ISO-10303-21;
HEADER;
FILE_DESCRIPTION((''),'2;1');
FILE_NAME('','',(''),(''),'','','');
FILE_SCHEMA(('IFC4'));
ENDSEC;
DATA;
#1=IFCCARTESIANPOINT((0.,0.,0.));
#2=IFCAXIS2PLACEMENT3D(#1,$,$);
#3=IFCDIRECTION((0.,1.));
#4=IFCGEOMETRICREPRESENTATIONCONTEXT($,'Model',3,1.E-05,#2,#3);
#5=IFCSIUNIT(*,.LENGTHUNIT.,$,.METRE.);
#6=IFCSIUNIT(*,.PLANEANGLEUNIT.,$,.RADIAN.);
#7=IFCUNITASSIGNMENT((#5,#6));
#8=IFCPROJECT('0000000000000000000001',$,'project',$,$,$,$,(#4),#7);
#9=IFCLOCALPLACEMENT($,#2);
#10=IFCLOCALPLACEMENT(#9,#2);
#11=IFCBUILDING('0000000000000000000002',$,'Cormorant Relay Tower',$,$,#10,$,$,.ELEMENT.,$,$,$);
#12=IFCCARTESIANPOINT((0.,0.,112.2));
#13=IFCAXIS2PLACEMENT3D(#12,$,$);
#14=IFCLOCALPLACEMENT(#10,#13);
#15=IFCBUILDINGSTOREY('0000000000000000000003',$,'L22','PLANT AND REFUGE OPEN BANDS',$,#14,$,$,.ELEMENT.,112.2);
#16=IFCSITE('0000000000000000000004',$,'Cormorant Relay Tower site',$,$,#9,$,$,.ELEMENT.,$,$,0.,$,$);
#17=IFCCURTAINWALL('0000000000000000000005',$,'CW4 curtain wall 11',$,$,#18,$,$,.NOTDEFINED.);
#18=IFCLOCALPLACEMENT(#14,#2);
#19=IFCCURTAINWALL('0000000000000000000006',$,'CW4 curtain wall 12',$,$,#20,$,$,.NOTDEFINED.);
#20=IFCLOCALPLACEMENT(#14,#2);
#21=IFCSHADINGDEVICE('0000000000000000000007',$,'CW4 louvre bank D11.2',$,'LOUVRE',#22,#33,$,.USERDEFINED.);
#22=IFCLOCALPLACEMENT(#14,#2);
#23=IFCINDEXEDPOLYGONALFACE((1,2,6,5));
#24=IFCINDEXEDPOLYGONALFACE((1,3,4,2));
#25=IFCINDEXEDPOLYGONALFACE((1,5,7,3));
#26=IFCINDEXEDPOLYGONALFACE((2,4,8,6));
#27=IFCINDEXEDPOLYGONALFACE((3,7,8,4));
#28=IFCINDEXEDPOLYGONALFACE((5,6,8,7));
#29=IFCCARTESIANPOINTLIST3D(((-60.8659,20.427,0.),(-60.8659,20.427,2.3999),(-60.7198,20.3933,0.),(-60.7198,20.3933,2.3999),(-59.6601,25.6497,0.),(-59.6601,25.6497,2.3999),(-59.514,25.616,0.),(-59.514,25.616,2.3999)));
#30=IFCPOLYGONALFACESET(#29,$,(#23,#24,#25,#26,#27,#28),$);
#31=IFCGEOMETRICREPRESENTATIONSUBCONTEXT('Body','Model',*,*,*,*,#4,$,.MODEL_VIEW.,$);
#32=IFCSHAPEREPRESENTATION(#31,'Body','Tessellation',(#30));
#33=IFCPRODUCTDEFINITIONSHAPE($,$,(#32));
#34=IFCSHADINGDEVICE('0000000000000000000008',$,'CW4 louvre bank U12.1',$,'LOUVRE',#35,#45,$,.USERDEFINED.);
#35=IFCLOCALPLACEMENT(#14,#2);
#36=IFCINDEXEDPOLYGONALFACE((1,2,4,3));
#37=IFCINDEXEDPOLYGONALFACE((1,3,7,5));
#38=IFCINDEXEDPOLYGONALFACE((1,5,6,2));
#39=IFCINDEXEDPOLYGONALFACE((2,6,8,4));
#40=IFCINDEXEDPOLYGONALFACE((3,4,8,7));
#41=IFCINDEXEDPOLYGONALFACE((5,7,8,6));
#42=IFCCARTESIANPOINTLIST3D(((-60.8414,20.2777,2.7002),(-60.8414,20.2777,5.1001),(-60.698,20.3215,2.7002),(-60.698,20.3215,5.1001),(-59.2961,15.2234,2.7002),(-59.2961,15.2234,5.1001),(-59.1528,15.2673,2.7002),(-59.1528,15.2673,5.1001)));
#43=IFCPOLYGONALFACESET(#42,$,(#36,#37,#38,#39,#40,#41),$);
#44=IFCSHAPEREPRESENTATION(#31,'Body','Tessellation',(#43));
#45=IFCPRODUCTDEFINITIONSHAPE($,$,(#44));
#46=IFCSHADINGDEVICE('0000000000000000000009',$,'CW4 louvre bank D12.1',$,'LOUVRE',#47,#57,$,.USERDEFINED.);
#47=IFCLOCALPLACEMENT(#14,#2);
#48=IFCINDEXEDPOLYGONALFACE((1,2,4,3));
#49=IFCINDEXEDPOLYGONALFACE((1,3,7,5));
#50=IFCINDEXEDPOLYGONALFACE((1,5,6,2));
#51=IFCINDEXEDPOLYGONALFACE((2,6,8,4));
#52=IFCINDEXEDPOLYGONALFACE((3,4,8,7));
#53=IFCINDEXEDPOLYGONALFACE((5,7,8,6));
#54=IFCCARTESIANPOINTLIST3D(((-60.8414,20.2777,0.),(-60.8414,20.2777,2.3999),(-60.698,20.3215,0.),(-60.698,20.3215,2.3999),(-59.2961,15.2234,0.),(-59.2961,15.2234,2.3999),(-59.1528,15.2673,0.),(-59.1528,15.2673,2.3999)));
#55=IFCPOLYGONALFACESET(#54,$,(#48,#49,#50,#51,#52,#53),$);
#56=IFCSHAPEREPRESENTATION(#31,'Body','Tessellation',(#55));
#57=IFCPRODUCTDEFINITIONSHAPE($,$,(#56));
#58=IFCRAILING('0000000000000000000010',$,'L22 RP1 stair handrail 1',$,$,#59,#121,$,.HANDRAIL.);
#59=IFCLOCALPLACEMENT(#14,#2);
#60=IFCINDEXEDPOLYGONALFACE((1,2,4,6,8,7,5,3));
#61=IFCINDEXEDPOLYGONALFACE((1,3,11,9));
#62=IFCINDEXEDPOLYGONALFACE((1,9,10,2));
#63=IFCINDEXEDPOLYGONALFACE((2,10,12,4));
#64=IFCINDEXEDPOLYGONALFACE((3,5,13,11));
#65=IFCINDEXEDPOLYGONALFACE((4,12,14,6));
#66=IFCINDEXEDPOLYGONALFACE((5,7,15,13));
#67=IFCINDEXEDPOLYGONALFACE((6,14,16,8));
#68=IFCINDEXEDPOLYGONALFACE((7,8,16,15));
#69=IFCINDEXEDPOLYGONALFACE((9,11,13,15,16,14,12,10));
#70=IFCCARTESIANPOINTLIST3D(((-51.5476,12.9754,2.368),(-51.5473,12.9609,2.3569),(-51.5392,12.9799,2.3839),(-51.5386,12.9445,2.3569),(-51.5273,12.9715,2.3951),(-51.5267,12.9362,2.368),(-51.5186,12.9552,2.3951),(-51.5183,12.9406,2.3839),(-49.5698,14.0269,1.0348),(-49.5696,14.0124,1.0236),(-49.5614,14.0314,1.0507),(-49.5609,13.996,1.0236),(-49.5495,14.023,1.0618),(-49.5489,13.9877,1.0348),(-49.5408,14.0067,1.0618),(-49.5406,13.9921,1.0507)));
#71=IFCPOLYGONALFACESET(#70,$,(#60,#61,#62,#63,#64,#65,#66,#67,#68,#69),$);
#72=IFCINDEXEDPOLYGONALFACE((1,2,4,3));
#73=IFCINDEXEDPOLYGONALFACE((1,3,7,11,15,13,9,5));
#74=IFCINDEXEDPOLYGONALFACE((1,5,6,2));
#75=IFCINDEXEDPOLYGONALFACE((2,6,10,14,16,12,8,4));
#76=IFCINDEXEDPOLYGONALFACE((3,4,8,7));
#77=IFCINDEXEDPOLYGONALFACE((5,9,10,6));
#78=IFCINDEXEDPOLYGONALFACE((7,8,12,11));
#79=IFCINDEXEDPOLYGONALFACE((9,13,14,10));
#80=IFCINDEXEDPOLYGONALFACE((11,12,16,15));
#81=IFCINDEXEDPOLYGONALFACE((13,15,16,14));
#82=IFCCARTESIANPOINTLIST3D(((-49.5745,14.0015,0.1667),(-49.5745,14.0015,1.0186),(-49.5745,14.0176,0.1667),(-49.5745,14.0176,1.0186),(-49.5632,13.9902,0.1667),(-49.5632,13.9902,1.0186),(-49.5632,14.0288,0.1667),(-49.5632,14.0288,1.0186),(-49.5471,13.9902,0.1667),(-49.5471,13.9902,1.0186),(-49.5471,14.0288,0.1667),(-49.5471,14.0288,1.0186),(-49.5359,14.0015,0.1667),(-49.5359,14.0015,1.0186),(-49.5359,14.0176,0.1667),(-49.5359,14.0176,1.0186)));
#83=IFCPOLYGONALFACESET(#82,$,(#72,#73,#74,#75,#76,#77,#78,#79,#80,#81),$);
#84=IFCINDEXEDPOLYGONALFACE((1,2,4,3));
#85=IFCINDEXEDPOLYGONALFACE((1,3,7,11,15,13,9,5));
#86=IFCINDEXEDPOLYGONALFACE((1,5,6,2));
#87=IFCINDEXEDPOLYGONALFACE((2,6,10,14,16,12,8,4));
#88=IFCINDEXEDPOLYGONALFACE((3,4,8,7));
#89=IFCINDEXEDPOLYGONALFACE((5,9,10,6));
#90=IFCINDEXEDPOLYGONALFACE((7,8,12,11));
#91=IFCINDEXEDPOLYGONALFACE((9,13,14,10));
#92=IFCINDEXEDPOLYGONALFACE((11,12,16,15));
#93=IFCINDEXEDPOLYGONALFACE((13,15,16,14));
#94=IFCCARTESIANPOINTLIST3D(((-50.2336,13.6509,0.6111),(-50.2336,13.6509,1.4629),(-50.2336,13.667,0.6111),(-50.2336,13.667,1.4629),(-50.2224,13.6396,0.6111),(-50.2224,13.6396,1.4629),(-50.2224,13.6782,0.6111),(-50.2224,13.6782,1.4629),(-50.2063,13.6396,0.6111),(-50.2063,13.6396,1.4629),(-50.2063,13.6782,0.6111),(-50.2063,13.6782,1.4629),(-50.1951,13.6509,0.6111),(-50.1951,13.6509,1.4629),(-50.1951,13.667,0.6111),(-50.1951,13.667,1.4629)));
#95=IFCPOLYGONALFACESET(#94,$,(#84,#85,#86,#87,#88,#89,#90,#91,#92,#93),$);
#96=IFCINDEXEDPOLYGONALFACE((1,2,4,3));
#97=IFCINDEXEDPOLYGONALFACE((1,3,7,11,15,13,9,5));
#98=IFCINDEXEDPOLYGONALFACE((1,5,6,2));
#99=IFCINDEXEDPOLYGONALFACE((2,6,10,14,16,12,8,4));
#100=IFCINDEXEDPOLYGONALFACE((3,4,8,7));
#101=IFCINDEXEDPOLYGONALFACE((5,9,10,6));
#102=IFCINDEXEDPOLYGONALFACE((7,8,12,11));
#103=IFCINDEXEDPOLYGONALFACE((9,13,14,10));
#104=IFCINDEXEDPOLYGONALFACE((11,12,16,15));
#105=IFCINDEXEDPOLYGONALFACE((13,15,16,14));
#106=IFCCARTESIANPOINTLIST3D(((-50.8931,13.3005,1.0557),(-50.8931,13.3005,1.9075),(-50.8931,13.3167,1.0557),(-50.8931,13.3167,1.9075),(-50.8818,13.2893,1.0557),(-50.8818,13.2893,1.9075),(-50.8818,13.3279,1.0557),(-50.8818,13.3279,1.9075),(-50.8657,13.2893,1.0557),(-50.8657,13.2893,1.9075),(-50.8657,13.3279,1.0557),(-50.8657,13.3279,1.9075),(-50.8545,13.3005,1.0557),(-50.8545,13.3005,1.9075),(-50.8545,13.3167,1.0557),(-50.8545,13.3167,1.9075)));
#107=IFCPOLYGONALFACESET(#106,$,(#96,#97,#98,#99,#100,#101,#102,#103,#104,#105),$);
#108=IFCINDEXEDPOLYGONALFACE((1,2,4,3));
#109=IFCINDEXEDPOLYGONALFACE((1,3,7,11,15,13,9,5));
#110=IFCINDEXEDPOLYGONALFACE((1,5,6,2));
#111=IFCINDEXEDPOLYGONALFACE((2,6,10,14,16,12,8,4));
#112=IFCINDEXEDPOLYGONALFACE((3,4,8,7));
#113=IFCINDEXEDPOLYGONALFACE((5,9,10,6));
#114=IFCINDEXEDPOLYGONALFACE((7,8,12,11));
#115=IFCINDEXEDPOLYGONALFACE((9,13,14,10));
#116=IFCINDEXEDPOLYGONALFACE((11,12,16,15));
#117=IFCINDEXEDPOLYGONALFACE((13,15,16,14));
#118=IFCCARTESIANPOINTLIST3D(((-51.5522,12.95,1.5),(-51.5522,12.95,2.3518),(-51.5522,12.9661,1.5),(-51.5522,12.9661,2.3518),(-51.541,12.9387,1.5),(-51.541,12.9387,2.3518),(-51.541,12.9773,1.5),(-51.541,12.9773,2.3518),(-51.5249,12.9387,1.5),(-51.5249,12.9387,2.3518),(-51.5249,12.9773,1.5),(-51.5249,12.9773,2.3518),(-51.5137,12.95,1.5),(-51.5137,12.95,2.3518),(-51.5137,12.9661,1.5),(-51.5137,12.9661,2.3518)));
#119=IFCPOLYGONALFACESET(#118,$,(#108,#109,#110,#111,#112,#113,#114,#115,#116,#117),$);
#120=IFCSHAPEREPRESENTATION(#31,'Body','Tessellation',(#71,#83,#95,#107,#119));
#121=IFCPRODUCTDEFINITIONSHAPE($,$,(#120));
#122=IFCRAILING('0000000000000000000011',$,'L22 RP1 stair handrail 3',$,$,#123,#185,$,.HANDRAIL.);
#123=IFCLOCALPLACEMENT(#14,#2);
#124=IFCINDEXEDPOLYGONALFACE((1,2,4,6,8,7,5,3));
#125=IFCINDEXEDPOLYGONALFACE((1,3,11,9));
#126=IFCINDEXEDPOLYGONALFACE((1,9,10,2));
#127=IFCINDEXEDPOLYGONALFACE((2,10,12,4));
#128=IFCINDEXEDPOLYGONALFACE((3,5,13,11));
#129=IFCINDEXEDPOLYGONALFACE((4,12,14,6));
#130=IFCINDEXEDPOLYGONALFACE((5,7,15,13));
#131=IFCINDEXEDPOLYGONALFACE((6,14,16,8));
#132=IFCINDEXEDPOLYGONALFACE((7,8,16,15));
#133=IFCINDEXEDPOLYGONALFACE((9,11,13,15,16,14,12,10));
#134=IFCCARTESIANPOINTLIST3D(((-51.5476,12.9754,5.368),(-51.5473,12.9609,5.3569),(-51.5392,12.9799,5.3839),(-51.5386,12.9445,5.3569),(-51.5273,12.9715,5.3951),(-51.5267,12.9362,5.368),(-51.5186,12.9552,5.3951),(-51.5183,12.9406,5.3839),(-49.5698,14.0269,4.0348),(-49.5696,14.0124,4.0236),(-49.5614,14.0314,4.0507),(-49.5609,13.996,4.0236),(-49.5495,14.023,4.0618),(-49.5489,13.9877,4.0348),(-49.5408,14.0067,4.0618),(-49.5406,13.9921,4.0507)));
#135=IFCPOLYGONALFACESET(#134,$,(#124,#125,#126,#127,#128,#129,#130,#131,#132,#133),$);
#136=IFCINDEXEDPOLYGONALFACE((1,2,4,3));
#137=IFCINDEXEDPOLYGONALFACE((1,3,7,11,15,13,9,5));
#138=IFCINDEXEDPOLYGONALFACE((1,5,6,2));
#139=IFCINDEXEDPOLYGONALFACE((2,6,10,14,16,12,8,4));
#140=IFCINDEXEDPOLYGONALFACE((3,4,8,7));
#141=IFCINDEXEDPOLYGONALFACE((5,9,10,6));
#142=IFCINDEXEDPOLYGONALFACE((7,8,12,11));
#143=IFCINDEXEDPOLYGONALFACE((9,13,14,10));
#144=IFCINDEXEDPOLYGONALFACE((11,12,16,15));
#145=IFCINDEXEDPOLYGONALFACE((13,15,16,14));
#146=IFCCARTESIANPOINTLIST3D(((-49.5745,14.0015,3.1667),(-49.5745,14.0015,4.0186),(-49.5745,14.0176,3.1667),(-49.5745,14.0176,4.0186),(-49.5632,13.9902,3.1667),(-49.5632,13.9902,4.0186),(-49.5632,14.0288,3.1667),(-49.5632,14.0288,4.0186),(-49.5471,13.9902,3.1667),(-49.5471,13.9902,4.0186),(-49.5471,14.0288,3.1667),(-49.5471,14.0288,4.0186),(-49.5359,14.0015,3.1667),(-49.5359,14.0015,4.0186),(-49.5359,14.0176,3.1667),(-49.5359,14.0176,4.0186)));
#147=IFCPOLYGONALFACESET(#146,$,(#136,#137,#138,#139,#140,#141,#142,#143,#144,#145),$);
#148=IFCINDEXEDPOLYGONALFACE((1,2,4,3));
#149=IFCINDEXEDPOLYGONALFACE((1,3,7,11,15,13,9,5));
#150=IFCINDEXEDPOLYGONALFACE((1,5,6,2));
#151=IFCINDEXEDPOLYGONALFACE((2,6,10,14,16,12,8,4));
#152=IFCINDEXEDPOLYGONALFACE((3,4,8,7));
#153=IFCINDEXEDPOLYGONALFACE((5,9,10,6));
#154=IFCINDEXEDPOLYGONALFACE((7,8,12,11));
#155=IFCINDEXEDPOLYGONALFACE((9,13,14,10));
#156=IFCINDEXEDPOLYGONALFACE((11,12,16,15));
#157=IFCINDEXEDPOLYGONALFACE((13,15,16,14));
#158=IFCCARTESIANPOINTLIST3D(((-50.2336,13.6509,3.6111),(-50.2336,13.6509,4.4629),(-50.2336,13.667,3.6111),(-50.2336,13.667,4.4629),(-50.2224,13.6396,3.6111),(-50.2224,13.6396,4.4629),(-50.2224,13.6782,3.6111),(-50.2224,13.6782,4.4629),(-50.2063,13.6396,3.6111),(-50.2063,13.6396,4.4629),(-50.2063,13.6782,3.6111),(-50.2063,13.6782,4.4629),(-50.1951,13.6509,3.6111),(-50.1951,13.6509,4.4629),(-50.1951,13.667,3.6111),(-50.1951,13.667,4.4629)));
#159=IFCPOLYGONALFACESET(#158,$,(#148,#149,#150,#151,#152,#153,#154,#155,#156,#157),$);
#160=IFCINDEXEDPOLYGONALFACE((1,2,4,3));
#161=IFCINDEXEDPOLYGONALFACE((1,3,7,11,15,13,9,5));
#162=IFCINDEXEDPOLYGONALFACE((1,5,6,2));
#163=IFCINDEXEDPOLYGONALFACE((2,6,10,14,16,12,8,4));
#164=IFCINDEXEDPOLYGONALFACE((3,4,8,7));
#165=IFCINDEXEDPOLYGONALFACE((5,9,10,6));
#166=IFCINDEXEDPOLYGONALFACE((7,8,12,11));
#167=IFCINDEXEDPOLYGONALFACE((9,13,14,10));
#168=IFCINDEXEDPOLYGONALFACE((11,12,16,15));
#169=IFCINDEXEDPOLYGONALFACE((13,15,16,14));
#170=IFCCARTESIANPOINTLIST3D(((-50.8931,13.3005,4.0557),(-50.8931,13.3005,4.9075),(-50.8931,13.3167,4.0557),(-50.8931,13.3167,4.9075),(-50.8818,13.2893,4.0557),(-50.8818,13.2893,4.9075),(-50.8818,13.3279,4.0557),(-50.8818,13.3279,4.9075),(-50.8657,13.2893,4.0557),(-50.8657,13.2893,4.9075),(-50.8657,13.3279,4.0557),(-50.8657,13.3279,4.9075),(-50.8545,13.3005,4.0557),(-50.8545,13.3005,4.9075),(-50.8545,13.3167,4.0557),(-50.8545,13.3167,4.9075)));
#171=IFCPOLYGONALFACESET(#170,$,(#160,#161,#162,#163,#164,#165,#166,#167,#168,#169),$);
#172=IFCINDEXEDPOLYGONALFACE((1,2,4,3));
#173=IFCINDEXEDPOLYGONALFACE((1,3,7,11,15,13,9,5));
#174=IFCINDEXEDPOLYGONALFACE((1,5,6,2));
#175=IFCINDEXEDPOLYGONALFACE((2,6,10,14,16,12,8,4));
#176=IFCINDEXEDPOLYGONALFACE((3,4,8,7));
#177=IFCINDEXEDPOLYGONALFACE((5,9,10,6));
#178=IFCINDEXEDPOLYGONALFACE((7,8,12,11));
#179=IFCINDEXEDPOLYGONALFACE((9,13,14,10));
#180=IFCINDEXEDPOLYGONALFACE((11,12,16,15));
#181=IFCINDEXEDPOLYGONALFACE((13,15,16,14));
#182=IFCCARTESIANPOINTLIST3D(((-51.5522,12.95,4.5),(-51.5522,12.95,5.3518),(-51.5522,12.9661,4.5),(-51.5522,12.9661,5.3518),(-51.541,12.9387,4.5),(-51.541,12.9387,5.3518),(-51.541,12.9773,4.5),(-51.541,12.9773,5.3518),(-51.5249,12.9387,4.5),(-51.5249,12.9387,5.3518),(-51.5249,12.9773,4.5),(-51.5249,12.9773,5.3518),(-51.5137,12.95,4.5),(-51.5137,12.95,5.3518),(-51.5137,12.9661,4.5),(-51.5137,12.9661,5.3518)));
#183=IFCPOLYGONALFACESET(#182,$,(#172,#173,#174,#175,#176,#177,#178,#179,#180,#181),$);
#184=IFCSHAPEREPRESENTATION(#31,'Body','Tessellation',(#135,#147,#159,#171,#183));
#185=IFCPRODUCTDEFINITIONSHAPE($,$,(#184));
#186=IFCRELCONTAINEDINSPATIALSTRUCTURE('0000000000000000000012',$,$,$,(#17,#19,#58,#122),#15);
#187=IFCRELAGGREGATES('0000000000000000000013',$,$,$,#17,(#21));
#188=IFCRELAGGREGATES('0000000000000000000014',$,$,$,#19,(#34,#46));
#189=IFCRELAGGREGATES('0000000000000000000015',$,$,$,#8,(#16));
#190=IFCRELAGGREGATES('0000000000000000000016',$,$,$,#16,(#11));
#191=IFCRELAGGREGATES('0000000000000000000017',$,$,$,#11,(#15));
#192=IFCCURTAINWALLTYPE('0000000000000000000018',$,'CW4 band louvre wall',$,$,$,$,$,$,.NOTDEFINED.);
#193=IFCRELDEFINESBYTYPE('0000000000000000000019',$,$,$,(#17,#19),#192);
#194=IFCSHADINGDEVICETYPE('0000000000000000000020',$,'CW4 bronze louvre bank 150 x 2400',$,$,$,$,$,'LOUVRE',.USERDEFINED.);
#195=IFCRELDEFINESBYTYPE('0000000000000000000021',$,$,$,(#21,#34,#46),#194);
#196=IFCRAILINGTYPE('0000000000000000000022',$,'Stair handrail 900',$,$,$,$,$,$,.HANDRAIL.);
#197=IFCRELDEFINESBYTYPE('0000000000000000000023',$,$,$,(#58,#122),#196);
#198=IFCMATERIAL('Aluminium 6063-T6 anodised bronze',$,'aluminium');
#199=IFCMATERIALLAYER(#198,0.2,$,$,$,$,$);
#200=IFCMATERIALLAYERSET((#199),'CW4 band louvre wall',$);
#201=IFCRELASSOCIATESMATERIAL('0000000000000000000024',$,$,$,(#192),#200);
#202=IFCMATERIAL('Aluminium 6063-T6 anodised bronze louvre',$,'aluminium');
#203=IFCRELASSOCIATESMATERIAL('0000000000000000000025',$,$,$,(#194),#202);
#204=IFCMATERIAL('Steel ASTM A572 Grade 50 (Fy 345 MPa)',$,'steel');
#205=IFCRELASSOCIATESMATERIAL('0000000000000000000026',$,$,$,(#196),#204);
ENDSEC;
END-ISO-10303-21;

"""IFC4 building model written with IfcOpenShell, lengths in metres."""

from ifc_helpers import new_model, si_unit, direction, frame, origin, origin_2d, place, context, subcontext, project, spatial, polyline, rectangle, outline, extrude, material, layer, layer_set, type_object, element, aggregate, save


model = new_model("IFC4")

# Units and contexts
model_context = context("Model", 3, precision=1e-05, world=origin(), true_north=direction((0.0, 1.0)))
body_context = subcontext(model_context, "Body", "Model", "MODEL_VIEW")
ifc_project = project(units=[si_unit("LENGTHUNIT", "METRE"), si_unit("PLANEANGLEUNIT", "RADIAN")], contexts=[model_context])

# Site, building, storey
site_placement = place(None, origin())
site = spatial("IfcSite", under=ifc_project, at=site_placement, Name="Cormorant Relay Tower site", CompositionType="ELEMENT", RefElevation=0.0)
building_placement = place(site_placement, origin())
building = spatial("IfcBuilding", under=site, at=building_placement, Name="Cormorant Relay Tower", CompositionType="ELEMENT")
storey_placement = place(building_placement, frame((0.0, 0.0, 112.2)))
storey = spatial("IfcBuildingStorey", under=building, at=storey_placement, Name="L22", Description="PLANT AND REFUGE OPEN BANDS", CompositionType="ELEMENT", Elevation=112.2)

# Curtain wall
ifc_material_1 = material(Name="Aluminium 6063-T6 anodised bronze", Category="aluminium")
ifc_layer_1 = layer(ifc_material_1, 0.2)
ifc_layer_set_1 = layer_set([ifc_layer_1], Name="CW4 band louvre wall")
curtain_wall_type = type_object("IfcCurtainWallType", Name="CW4 band louvre wall", PredefinedType="NOTDEFINED", material=ifc_layer_set_1)
curtain_wall_1_placement = place(storey_placement, origin())
curtain_wall_1 = element("IfcCurtainWall", 1, at=curtain_wall_1_placement, inside=storey, type_object=curtain_wall_type, Name="CW4 curtain wall 11", PredefinedType="NOTDEFINED")

# Curtain wall
curtain_wall_2_placement = place(storey_placement, origin())
curtain_wall_2 = element("IfcCurtainWall", 2, at=curtain_wall_2_placement, inside=storey, type_object=curtain_wall_type, Name="CW4 curtain wall 12", PredefinedType="NOTDEFINED")

# Shading devices
ifc_material_2 = material(Name="Aluminium 6063-T6 anodised bronze louvre", Category="aluminium")
shading_device_type = type_object("IfcShadingDeviceType", Name="CW4 bronze louvre bank 150 x 2400", ElementType="LOUVRE", PredefinedType="USERDEFINED", material=ifc_material_2)
shading_device_1_placement = place(storey_placement, frame((-60.1899, 23.0215, 0.0), z_axis=(0.0, 0.0, 1.0), x_axis=(-0.224951, -0.97437, 0.0)))
shading_device_1 = element("IfcShadingDevice", 3, at=shading_device_1_placement, type_object=shading_device_type, Name="CW4 louvre bank D11.2", ObjectType="LOUVRE", PredefinedType="USERDEFINED", context=body_context, shape_type="SweptSolid", body=[
    extrude(rectangle(XDim=5.3601, YDim=0.1499, at=origin_2d()), origin(), (0.0, 0.0, 1.0), 2.3999),
])
aggregate(curtain_wall_1, [shading_device_1])
shading_device_2_placement = place(storey_placement, frame((-59.9971, 17.7725, 2.7002), z_axis=(0.0, 0.0, 1.0), x_axis=(0.292372, -0.956305, 0.0)))
shading_device_2 = element("IfcShadingDevice", 4, at=shading_device_2_placement, type_object=shading_device_type, Name="CW4 louvre bank U12.1", ObjectType="LOUVRE", PredefinedType="USERDEFINED", context=body_context, shape_type="SweptSolid", body=[
    extrude(rectangle(XDim=5.2852, YDim=0.1499, at=origin_2d()), origin(), (0.0, 0.0, 1.0), 2.3999),
])
shading_device_3_placement = place(storey_placement, frame((-59.9971, 17.7725, 0.0), z_axis=(0.0, 0.0, 1.0), x_axis=(0.292372, -0.956305, 0.0)))
shading_device_3 = element("IfcShadingDevice", 5, at=shading_device_3_placement, type_object=shading_device_type, Name="CW4 louvre bank D12.1", ObjectType="LOUVRE", PredefinedType="USERDEFINED", context=body_context, shape_type="SweptSolid", body=[
    extrude(rectangle(XDim=5.2852, YDim=0.1499, at=origin_2d()), origin(), (0.0, 0.0, 1.0), 2.3999),
])
aggregate(curtain_wall_2, [shading_device_2, shading_device_3])

# Railings
ifc_material_3 = material(Name="Steel ASTM A572 Grade 50 (Fy 345 MPa)", Category="steel")
railing_type_1 = type_object("IfcRailingType", Name="Stair handrail 900", PredefinedType="HANDRAIL", material=ifc_material_3)
railing_1_placement = place(storey_placement, frame((-49.5552, 14.0095, 0.1667)))
element("IfcRailing", 6, at=railing_1_placement, inside=storey, type_object=railing_type_1, Name="L22 RP1 stair handrail 1", PredefinedType="HANDRAIL", context=body_context, shape_type="SweptSolid", body=[
    extrude(outline(polyline([(0.0222, 0.0093), (0.0093, 0.0222), (-0.0093, 0.0222), (-0.0222, 0.0093), (-0.0222, -0.0093), (-0.0093, -0.0222), (0.0093, -0.0222), (0.0222, -0.0093), (0.0222, 0.0093)])), frame((0.0, 0.0, 0.876), z_axis=(-0.758732, -0.403389, 0.511472), x_axis=(0.469439, -0.882965, 0.0)), (0.0, 0.0, 1.0), 2.6067),
    extrude(outline(polyline([(0.0193, 0.0081), (0.0081, 0.0193), (-0.0081, 0.0193), (-0.0193, 0.0081), (-0.0193, -0.0081), (-0.0081, -0.0193), (0.0081, -0.0193), (0.0193, -0.0081), (0.0193, 0.0081)])), origin(), (0.0, 0.0, 1.0), 0.8518),
    extrude(outline(polyline([(0.0193, 0.0081), (0.0081, 0.0193), (-0.0081, 0.0193), (-0.0193, 0.0081), (-0.0193, -0.0081), (-0.0081, -0.0193), (0.0081, -0.0193), (0.0193, -0.0081), (0.0193, 0.0081)])), frame((-0.6592, -0.3506, 0.4443)), (0.0, 0.0, 1.0), 0.8518),
    extrude(outline(polyline([(0.0193, 0.0081), (0.0081, 0.0193), (-0.0081, 0.0193), (-0.0193, 0.0081), (-0.0193, -0.0081), (-0.0081, -0.0193), (0.0081, -0.0193), (0.0193, -0.0081), (0.0193, 0.0081)])), frame((-1.3186, -0.7009, 0.8889)), (0.0, 0.0, 1.0), 0.8518),
    extrude(outline(polyline([(0.0193, 0.0081), (0.0081, 0.0193), (-0.0081, 0.0193), (-0.0193, 0.0081), (-0.0193, -0.0081), (-0.0081, -0.0193), (0.0081, -0.0193), (0.0193, -0.0081), (0.0193, 0.0081)])), frame((-1.9778, -1.0515, 1.3333)), (0.0, 0.0, 1.0), 0.8518),
])
railing_2_placement = place(storey_placement, frame((-49.5552, 14.0095, 3.1667)))
element("IfcRailing", 7, at=railing_2_placement, inside=storey, type_object=railing_type_1, Name="L22 RP1 stair handrail 3", PredefinedType="HANDRAIL", context=body_context, shape_type="SweptSolid", body=[
    extrude(outline(polyline([(0.0222, 0.0093), (0.0093, 0.0222), (-0.0093, 0.0222), (-0.0222, 0.0093), (-0.0222, -0.0093), (-0.0093, -0.0222), (0.0093, -0.0222), (0.0222, -0.0093), (0.0222, 0.0093)])), frame((0.0, 0.0, 0.876), z_axis=(-0.758732, -0.403389, 0.511472), x_axis=(0.469439, -0.882965, 0.0)), (0.0, 0.0, 1.0), 2.6067),
    extrude(outline(polyline([(0.0193, 0.0081), (0.0081, 0.0193), (-0.0081, 0.0193), (-0.0193, 0.0081), (-0.0193, -0.0081), (-0.0081, -0.0193), (0.0081, -0.0193), (0.0193, -0.0081), (0.0193, 0.0081)])), origin(), (0.0, 0.0, 1.0), 0.8518),
    extrude(outline(polyline([(0.0193, 0.0081), (0.0081, 0.0193), (-0.0081, 0.0193), (-0.0193, 0.0081), (-0.0193, -0.0081), (-0.0081, -0.0193), (0.0081, -0.0193), (0.0193, -0.0081), (0.0193, 0.0081)])), frame((-0.6592, -0.3506, 0.4443)), (0.0, 0.0, 1.0), 0.8518),
    extrude(outline(polyline([(0.0193, 0.0081), (0.0081, 0.0193), (-0.0081, 0.0193), (-0.0193, 0.0081), (-0.0193, -0.0081), (-0.0081, -0.0193), (0.0081, -0.0193), (0.0193, -0.0081), (0.0193, 0.0081)])), frame((-1.3186, -0.7009, 0.8889)), (0.0, 0.0, 1.0), 0.8518),
    extrude(outline(polyline([(0.0193, 0.0081), (0.0081, 0.0193), (-0.0081, 0.0193), (-0.0193, 0.0081), (-0.0193, -0.0081), (-0.0081, -0.0193), (0.0081, -0.0193), (0.0193, -0.0081), (0.0193, 0.0081)])), frame((-1.9778, -1.0515, 1.3333)), (0.0, 0.0, 1.0), 0.8518),
])

save(model, "model.ifc")
